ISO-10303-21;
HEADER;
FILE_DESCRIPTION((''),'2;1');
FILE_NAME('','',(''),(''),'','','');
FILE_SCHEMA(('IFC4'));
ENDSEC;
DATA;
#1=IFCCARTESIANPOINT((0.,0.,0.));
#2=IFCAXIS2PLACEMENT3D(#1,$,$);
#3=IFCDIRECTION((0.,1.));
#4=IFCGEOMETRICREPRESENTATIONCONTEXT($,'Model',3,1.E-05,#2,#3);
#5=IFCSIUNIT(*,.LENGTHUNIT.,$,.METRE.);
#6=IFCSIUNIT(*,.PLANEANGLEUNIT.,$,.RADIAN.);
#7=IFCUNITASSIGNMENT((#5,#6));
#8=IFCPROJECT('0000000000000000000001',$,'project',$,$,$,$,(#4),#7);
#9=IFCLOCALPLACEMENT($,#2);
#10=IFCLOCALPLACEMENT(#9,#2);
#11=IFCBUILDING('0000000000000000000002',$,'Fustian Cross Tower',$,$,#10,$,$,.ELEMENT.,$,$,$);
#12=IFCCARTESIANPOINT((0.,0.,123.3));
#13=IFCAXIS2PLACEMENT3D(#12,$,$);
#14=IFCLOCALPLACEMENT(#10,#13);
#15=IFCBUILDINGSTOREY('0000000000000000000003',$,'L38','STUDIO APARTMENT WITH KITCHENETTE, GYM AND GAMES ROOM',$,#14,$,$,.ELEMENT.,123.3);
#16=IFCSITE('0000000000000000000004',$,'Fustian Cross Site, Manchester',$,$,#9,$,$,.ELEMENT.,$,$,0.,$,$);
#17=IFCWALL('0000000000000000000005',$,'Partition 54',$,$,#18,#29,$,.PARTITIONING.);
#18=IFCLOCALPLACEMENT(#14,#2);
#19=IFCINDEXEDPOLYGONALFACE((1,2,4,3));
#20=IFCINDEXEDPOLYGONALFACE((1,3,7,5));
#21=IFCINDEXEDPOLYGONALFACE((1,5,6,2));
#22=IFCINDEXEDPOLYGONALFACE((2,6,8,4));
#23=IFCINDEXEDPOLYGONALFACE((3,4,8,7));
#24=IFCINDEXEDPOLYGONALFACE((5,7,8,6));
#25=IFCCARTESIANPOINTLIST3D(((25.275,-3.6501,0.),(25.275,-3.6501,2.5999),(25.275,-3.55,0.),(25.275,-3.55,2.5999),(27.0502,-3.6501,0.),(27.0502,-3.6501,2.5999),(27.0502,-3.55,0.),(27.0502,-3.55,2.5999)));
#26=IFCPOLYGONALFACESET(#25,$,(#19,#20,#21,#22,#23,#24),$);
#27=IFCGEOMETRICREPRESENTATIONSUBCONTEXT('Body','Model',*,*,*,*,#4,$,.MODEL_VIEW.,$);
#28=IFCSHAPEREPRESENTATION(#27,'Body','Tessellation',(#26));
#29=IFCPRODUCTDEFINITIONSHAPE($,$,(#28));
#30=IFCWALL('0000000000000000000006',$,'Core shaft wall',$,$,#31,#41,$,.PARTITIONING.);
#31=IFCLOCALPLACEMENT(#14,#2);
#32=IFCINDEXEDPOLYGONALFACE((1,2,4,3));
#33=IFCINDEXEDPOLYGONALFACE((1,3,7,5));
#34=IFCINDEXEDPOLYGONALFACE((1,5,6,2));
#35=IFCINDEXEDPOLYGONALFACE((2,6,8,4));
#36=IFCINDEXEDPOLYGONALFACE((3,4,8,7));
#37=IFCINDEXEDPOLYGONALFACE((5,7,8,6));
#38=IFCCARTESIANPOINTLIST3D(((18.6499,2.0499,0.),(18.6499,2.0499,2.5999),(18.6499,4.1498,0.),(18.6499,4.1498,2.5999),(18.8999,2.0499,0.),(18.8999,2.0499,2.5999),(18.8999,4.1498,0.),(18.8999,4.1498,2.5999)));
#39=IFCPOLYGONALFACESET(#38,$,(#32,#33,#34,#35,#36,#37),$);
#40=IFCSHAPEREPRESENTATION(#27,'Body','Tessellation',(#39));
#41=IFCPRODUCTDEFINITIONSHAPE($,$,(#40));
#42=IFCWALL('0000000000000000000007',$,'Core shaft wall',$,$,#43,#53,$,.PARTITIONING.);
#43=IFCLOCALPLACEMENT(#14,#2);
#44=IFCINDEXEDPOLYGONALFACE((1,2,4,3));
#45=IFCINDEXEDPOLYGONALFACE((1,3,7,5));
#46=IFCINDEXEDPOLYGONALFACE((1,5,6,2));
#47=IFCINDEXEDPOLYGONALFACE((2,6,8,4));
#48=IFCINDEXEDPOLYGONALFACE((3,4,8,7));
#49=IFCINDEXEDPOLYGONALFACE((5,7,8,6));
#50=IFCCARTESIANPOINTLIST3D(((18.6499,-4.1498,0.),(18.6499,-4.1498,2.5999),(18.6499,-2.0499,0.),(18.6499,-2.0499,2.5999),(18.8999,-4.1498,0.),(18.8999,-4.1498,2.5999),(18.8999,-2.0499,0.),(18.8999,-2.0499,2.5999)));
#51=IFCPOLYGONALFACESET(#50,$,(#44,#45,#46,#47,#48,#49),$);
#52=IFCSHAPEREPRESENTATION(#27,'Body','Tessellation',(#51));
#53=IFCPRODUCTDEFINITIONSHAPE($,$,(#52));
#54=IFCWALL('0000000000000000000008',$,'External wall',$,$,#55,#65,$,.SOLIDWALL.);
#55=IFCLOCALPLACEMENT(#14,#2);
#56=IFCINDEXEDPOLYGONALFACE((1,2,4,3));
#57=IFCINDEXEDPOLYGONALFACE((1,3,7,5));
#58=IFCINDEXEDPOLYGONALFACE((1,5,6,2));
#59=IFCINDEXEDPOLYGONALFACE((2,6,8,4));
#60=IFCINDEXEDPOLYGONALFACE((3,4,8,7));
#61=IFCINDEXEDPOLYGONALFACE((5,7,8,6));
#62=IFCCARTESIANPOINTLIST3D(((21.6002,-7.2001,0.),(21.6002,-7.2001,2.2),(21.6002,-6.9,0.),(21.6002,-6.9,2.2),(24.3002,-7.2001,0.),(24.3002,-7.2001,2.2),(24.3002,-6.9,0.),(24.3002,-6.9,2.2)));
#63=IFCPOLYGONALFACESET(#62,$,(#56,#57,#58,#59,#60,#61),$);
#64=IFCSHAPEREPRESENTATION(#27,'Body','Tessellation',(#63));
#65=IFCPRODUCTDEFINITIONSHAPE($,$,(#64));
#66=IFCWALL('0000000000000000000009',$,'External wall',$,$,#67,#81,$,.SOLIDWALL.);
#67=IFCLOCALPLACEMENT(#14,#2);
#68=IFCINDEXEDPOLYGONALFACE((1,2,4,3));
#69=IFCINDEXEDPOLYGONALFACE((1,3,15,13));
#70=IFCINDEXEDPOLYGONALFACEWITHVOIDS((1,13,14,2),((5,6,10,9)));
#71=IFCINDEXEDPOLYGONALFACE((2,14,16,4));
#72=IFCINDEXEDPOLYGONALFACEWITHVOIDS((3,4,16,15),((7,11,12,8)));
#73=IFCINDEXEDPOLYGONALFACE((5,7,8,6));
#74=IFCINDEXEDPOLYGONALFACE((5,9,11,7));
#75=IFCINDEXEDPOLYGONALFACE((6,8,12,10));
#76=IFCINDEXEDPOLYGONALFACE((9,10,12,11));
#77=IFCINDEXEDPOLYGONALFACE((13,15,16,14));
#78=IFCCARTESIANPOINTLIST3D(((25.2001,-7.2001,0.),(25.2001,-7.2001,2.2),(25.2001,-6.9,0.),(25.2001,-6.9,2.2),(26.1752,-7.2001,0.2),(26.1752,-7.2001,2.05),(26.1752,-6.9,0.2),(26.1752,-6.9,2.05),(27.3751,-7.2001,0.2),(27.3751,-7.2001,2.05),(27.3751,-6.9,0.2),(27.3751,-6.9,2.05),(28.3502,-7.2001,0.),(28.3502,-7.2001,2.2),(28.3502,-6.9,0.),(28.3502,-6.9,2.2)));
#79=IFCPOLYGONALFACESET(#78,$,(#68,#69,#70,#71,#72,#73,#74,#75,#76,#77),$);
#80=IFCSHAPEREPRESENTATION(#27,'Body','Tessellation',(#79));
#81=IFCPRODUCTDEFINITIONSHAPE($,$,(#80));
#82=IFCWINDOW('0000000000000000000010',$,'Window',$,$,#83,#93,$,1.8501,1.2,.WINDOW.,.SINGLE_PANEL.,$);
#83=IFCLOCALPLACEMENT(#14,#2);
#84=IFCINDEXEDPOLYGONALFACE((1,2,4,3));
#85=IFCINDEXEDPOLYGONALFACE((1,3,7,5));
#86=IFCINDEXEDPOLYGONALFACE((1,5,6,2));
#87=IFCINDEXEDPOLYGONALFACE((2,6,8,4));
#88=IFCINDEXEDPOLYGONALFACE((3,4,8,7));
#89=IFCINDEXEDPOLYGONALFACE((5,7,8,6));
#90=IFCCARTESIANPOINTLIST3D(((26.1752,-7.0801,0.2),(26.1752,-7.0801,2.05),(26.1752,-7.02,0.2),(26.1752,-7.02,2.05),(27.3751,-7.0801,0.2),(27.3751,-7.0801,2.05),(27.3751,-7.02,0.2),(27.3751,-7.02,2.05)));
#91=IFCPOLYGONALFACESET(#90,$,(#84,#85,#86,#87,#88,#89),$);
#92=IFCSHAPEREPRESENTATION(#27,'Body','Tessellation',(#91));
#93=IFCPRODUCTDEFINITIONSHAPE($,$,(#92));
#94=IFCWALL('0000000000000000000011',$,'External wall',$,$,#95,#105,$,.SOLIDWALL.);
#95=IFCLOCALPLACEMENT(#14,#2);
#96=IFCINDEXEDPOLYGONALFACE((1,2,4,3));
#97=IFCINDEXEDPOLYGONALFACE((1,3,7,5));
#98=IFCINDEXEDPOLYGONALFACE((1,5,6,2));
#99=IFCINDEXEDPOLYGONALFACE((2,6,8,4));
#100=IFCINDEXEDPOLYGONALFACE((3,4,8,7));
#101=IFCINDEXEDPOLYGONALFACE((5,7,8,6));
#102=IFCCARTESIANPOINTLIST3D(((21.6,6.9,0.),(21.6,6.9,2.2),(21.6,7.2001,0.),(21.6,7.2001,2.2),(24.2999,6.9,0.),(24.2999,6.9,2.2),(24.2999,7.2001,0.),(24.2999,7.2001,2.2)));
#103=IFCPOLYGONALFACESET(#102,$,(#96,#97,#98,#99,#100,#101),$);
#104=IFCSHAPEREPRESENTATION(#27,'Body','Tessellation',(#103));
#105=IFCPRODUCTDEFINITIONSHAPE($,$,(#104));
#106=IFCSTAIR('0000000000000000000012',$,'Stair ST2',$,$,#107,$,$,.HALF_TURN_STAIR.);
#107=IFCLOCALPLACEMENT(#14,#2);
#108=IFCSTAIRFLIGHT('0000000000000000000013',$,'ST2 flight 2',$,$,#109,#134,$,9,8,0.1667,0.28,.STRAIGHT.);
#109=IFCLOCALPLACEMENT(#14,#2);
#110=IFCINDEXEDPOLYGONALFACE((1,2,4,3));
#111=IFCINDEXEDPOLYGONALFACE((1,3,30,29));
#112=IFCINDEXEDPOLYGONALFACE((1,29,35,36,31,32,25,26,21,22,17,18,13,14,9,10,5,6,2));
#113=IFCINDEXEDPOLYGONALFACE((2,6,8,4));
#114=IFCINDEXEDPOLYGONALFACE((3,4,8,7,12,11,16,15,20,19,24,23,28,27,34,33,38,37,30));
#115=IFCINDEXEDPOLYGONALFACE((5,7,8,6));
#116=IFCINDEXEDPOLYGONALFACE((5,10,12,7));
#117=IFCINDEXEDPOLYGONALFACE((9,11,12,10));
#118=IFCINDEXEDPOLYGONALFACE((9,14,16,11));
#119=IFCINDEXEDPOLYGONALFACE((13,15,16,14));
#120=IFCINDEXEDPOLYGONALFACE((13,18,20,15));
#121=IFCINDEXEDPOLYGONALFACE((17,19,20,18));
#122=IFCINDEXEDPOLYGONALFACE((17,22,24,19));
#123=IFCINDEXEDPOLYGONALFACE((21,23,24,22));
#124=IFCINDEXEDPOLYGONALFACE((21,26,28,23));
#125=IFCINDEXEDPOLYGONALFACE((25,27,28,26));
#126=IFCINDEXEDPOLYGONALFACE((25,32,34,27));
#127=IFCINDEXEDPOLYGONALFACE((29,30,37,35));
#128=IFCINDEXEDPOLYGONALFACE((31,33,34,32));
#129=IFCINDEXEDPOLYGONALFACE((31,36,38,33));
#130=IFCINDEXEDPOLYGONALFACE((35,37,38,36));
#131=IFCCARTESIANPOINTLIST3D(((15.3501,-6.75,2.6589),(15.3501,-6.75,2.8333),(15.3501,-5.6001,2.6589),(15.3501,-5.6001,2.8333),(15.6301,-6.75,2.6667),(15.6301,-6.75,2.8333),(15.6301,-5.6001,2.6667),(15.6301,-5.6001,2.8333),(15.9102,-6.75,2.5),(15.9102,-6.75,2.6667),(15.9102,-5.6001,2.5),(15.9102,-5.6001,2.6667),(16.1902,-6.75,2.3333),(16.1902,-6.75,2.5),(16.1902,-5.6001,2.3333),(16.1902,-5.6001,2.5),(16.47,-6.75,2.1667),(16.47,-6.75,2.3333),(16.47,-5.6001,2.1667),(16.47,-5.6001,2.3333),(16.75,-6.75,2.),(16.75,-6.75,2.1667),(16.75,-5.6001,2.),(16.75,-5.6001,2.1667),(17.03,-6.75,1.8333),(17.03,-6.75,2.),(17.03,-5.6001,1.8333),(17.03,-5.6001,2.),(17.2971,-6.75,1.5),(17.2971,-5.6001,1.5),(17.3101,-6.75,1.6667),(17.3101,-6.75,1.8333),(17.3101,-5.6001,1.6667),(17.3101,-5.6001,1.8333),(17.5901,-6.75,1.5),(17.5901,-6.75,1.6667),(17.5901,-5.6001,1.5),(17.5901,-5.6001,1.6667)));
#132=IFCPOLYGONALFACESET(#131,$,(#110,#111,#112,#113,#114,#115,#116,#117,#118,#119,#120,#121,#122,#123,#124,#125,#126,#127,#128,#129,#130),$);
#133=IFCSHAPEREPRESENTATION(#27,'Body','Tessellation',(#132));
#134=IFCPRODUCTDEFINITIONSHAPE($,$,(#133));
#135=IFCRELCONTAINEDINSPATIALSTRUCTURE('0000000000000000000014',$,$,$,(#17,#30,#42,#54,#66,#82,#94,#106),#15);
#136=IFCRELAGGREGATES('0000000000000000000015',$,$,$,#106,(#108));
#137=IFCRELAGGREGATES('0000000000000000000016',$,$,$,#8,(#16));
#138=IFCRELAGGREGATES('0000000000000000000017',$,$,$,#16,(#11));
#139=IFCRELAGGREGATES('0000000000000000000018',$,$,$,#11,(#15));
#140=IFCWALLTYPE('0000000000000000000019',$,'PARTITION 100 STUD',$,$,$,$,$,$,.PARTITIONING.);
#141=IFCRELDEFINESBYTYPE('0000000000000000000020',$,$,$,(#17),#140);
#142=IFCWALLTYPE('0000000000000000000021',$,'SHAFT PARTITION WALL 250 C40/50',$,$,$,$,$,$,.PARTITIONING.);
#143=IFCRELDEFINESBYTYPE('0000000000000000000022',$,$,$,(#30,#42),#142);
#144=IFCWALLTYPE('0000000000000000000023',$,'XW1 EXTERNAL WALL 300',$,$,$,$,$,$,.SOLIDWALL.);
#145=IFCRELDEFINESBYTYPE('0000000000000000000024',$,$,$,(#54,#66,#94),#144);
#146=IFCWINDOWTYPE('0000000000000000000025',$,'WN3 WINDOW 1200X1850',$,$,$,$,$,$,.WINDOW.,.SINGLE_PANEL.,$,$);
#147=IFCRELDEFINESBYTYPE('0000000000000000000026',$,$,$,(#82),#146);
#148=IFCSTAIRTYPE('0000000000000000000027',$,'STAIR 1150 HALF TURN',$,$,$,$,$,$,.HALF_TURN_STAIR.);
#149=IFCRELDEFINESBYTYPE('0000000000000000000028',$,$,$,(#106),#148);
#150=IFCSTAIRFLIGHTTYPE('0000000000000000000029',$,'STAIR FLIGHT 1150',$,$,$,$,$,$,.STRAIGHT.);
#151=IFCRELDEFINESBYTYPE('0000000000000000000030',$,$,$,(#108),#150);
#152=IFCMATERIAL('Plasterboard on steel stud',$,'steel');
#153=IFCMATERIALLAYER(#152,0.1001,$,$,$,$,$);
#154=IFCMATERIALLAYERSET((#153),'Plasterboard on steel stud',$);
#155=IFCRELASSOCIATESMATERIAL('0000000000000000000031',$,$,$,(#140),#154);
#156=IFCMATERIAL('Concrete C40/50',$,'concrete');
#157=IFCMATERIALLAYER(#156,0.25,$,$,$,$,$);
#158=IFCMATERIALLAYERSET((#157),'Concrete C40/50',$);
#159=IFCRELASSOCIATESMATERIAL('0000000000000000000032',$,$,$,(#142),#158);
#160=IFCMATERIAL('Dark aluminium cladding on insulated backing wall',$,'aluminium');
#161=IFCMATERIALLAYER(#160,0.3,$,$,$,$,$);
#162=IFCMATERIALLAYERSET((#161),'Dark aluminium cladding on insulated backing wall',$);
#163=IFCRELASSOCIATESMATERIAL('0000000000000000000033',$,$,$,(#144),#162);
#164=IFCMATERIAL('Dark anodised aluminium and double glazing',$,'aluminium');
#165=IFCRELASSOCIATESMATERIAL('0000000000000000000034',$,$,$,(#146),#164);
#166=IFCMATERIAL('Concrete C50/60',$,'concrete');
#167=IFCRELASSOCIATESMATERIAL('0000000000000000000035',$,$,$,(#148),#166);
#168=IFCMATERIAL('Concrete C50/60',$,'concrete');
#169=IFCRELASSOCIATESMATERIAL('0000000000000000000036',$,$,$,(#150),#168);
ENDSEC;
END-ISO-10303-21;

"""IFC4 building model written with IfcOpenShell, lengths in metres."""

from ifc_helpers import new_model, si_unit, direction, frame, frame_2d, origin, place, context, subcontext, project, spatial, polyline, rectangle, outline, extrude, material, layer, layer_set, type_object, element, fill, aggregate, save


model = new_model("IFC4")

# Units and contexts
model_context = context("Model", 3, precision=1e-05, world=origin(), true_north=direction((0.0, 1.0)))
body_context = subcontext(model_context, "Body", "Model", "MODEL_VIEW")
ifc_project = project(units=[si_unit("LENGTHUNIT", "METRE"), si_unit("PLANEANGLEUNIT", "RADIAN")], contexts=[model_context])

# Site, building, storey
site_placement = place(None, origin())
site = spatial("IfcSite", under=ifc_project, at=site_placement, Name="Fustian Cross Site, Manchester", CompositionType="ELEMENT", RefElevation=0.0)
building_placement = place(site_placement, origin())
building = spatial("IfcBuilding", under=site, at=building_placement, Name="Fustian Cross Tower", CompositionType="ELEMENT")
storey_placement = place(building_placement, frame((0.0, 0.0, 123.3)))
storey = spatial("IfcBuildingStorey", under=building, at=storey_placement, Name="L38", Description="STUDIO APARTMENT WITH KITCHENETTE, GYM AND GAMES ROOM", CompositionType="ELEMENT", Elevation=123.3)

# Walls
ifc_material_1 = material(Name="Plasterboard on steel stud", Category="steel")
ifc_layer_1 = layer(ifc_material_1, 0.1001)
ifc_layer_set_1 = layer_set([ifc_layer_1], Name="Plasterboard on steel stud")
wall_type_1 = type_object("IfcWallType", Name="PARTITION 100 STUD", PredefinedType="PARTITIONING", material=ifc_layer_set_1)
wall_1_placement = place(storey_placement, frame((25.2749, -3.6001, 0.0), z_axis=(0.0, 0.0, 1.0), x_axis=(1.0, 0.0, 0.0)))
element("IfcWall", 1, at=wall_1_placement, inside=storey, type_object=wall_type_1, Name="Partition 54", PredefinedType="PARTITIONING", context=body_context, shape_type="SweptSolid", body=[
    extrude(rectangle(XDim=1.7751, YDim=0.1001, at=frame_2d((0.8877, 0.0))), origin(), (0.0, 0.0, 1.0), 2.5999),
])
ifc_material_2 = material(Name="Concrete C40/50", Category="concrete")
ifc_layer_2 = layer(ifc_material_2, 0.25)
ifc_layer_set_2 = layer_set([ifc_layer_2], Name="Concrete C40/50")
wall_type_2 = type_object("IfcWallType", Name="SHAFT PARTITION WALL 250 C40/50", PredefinedType="PARTITIONING", material=ifc_layer_set_2)
for number, where, z_axis, x_axis, name in (
    (2, (18.7749, 2.05, 0.0), (0.0, 0.0, 1.0), (0.0, 1.0, 0.0), "Core shaft wall"),
    (3, (18.7749, -2.05, 0.0), (0.0, 0.0, 1.0), (0.0, -1.0, 0.0), "Core shaft wall"),
):
    element("IfcWall", number, at=place(storey_placement, frame(where, z_axis=z_axis, x_axis=x_axis)), inside=storey, type_object=wall_type_2, Name=name, PredefinedType="PARTITIONING", context=body_context, shape_type="SweptSolid", body=[
        extrude(rectangle(XDim=2.0999, YDim=0.25, at=frame_2d((1.0498, 0.0))), origin(), (0.0, 0.0, 1.0), 2.5999),
    ])
ifc_material_3 = material(Name="Dark aluminium cladding on insulated backing wall", Category="aluminium")
ifc_layer_3 = layer(ifc_material_3, 0.3)
ifc_layer_set_3 = layer_set([ifc_layer_3], Name="Dark aluminium cladding on insulated backing wall")
wall_type_3 = type_object("IfcWallType", Name="XW1 EXTERNAL WALL 300", PredefinedType="SOLIDWALL", material=ifc_layer_set_3)
wall_2_placement = place(storey_placement, frame((21.6001, -7.05, 0.0), z_axis=(0.0, 0.0, 1.0), x_axis=(1.0, 0.0, 0.0)))
element("IfcWall", 4, at=wall_2_placement, inside=storey, type_object=wall_type_3, Name="External wall", PredefinedType="SOLIDWALL", context=body_context, shape_type="SweptSolid", body=[
    extrude(rectangle(XDim=2.7, YDim=0.3, at=frame_2d((1.3501, 0.0))), origin(), (0.0, 0.0, 1.0), 2.2),
])

# Wall, opening, window
wall_3_placement = place(storey_placement, frame((25.2, -7.05, 0.0), z_axis=(0.0, 0.0, 1.0), x_axis=(1.0, 0.0, 0.0)))
wall_3 = element("IfcWall", 5, at=wall_3_placement, inside=storey, type_object=wall_type_3, Name="External wall", PredefinedType="SOLIDWALL", context=body_context, shape_type="SweptSolid", body=[
    extrude(rectangle(XDim=3.1501, YDim=0.3, at=frame_2d((1.5752, 0.0))), origin(), (0.0, 0.0, 1.0), 2.2),
])
opening_1_placement = place(wall_3_placement, frame((0.9751, 0.0, 0.2)))
opening_1 = element("IfcOpeningElement", 6, at=opening_1_placement, cuts=wall_3, PredefinedType="OPENING", context=body_context, shape_type="SweptSolid", body=[
    extrude(rectangle(XDim=1.2, YDim=1.8501, at=frame_2d((0.6001, 0.925))), frame((0.0, 0.1599, 0.0), z_axis=(0.0, -1.0, 0.0), x_axis=(1.0, 0.0, 0.0)), (0.0, 0.0, 1.0), 0.3201),
])
ifc_material_4 = material(Name="Dark anodised aluminium and double glazing", Category="aluminium")
window_type = type_object("IfcWindowType", Name="WN3 WINDOW 1200X1850", PartitioningType="SINGLE_PANEL", PredefinedType="WINDOW", material=ifc_material_4)
window_placement = place(opening_1_placement, origin())
window = element("IfcWindow", 7, at=window_placement, inside=storey, type_object=window_type, Name="Window", OverallHeight=1.8501, OverallWidth=1.2, PartitioningType="SINGLE_PANEL", PredefinedType="WINDOW", context=body_context, shape_type="SweptSolid", body=[
    extrude(rectangle(XDim=1.2, YDim=1.8501, at=frame_2d((0.6001, 0.925))), frame((0.0, 0.03, 0.0), z_axis=(0.0, -1.0, 0.0), x_axis=(1.0, 0.0, 0.0)), (0.0, 0.0, 1.0), 0.0601),
])
fill(opening_1, window)

# Wall
wall_4_placement = place(storey_placement, frame((24.3, 7.05, 0.0), z_axis=(0.0, 0.0, 1.0), x_axis=(-1.0, 0.0, 0.0)))
element("IfcWall", 8, at=wall_4_placement, inside=storey, type_object=wall_type_3, Name="External wall", PredefinedType="SOLIDWALL", context=body_context, shape_type="SweptSolid", body=[
    extrude(rectangle(XDim=2.7, YDim=0.3, at=frame_2d((1.3501, 0.0))), origin(), (0.0, 0.0, 1.0), 2.2),
])

# Stair, stair flight
ifc_material_5 = material(Name="Concrete C50/60", Category="concrete")
stair_type = type_object("IfcStairType", Name="STAIR 1150 HALF TURN", PredefinedType="HALF_TURN_STAIR", material=ifc_material_5)
stair_placement = place(storey_placement, origin())
stair = element("IfcStair", 9, at=stair_placement, inside=storey, type_object=stair_type, Name="Stair ST2", PredefinedType="HALF_TURN_STAIR")
ifc_material_6 = material(Name="Concrete C50/60", Category="concrete")
stair_flight_type = type_object("IfcStairFlightType", Name="STAIR FLIGHT 1150", PredefinedType="STRAIGHT", material=ifc_material_6)
stair_flight_placement = place(storey_placement, frame((17.5901, -6.175, 1.5), z_axis=(0.0, 0.0, 1.0), x_axis=(-1.0, 0.0, 0.0)))
stair_flight = element("IfcStairFlight", 10, at=stair_flight_placement, type_object=stair_flight_type, Name="ST2 flight 2", NumberOfRisers=9, NumberOfTreads=8, PredefinedType="STRAIGHT", RiserHeight=0.1667, TreadLength=0.28, context=body_context, shape_type="SweptSolid", body=[
    extrude(outline(polyline([(0.0, 0.0), (0.0, 0.1667), (0.28, 0.1667), (0.28, 0.3333), (0.5601, 0.3333), (0.5601, 0.5), (0.8401, 0.5), (0.8401, 0.6667), (1.1201, 0.6667), (1.1201, 0.8333), (1.3999, 0.8333), (1.3999, 1.0), (1.6799, 1.0), (1.6799, 1.1667), (1.96, 1.1667), (1.96, 1.3333), (2.24, 1.3333), (2.24, 1.5), (2.24, 1.1589), (0.293, 0.0), (0.0, 0.0)])), frame((0.0, 0.575, 0.0), z_axis=(0.0, -1.0, 0.0), x_axis=(1.0, 0.0, 0.0)), (0.0, 0.0, 1.0), 1.1499),
])
aggregate(stair, [stair_flight])

save(model, "model.ifc")
